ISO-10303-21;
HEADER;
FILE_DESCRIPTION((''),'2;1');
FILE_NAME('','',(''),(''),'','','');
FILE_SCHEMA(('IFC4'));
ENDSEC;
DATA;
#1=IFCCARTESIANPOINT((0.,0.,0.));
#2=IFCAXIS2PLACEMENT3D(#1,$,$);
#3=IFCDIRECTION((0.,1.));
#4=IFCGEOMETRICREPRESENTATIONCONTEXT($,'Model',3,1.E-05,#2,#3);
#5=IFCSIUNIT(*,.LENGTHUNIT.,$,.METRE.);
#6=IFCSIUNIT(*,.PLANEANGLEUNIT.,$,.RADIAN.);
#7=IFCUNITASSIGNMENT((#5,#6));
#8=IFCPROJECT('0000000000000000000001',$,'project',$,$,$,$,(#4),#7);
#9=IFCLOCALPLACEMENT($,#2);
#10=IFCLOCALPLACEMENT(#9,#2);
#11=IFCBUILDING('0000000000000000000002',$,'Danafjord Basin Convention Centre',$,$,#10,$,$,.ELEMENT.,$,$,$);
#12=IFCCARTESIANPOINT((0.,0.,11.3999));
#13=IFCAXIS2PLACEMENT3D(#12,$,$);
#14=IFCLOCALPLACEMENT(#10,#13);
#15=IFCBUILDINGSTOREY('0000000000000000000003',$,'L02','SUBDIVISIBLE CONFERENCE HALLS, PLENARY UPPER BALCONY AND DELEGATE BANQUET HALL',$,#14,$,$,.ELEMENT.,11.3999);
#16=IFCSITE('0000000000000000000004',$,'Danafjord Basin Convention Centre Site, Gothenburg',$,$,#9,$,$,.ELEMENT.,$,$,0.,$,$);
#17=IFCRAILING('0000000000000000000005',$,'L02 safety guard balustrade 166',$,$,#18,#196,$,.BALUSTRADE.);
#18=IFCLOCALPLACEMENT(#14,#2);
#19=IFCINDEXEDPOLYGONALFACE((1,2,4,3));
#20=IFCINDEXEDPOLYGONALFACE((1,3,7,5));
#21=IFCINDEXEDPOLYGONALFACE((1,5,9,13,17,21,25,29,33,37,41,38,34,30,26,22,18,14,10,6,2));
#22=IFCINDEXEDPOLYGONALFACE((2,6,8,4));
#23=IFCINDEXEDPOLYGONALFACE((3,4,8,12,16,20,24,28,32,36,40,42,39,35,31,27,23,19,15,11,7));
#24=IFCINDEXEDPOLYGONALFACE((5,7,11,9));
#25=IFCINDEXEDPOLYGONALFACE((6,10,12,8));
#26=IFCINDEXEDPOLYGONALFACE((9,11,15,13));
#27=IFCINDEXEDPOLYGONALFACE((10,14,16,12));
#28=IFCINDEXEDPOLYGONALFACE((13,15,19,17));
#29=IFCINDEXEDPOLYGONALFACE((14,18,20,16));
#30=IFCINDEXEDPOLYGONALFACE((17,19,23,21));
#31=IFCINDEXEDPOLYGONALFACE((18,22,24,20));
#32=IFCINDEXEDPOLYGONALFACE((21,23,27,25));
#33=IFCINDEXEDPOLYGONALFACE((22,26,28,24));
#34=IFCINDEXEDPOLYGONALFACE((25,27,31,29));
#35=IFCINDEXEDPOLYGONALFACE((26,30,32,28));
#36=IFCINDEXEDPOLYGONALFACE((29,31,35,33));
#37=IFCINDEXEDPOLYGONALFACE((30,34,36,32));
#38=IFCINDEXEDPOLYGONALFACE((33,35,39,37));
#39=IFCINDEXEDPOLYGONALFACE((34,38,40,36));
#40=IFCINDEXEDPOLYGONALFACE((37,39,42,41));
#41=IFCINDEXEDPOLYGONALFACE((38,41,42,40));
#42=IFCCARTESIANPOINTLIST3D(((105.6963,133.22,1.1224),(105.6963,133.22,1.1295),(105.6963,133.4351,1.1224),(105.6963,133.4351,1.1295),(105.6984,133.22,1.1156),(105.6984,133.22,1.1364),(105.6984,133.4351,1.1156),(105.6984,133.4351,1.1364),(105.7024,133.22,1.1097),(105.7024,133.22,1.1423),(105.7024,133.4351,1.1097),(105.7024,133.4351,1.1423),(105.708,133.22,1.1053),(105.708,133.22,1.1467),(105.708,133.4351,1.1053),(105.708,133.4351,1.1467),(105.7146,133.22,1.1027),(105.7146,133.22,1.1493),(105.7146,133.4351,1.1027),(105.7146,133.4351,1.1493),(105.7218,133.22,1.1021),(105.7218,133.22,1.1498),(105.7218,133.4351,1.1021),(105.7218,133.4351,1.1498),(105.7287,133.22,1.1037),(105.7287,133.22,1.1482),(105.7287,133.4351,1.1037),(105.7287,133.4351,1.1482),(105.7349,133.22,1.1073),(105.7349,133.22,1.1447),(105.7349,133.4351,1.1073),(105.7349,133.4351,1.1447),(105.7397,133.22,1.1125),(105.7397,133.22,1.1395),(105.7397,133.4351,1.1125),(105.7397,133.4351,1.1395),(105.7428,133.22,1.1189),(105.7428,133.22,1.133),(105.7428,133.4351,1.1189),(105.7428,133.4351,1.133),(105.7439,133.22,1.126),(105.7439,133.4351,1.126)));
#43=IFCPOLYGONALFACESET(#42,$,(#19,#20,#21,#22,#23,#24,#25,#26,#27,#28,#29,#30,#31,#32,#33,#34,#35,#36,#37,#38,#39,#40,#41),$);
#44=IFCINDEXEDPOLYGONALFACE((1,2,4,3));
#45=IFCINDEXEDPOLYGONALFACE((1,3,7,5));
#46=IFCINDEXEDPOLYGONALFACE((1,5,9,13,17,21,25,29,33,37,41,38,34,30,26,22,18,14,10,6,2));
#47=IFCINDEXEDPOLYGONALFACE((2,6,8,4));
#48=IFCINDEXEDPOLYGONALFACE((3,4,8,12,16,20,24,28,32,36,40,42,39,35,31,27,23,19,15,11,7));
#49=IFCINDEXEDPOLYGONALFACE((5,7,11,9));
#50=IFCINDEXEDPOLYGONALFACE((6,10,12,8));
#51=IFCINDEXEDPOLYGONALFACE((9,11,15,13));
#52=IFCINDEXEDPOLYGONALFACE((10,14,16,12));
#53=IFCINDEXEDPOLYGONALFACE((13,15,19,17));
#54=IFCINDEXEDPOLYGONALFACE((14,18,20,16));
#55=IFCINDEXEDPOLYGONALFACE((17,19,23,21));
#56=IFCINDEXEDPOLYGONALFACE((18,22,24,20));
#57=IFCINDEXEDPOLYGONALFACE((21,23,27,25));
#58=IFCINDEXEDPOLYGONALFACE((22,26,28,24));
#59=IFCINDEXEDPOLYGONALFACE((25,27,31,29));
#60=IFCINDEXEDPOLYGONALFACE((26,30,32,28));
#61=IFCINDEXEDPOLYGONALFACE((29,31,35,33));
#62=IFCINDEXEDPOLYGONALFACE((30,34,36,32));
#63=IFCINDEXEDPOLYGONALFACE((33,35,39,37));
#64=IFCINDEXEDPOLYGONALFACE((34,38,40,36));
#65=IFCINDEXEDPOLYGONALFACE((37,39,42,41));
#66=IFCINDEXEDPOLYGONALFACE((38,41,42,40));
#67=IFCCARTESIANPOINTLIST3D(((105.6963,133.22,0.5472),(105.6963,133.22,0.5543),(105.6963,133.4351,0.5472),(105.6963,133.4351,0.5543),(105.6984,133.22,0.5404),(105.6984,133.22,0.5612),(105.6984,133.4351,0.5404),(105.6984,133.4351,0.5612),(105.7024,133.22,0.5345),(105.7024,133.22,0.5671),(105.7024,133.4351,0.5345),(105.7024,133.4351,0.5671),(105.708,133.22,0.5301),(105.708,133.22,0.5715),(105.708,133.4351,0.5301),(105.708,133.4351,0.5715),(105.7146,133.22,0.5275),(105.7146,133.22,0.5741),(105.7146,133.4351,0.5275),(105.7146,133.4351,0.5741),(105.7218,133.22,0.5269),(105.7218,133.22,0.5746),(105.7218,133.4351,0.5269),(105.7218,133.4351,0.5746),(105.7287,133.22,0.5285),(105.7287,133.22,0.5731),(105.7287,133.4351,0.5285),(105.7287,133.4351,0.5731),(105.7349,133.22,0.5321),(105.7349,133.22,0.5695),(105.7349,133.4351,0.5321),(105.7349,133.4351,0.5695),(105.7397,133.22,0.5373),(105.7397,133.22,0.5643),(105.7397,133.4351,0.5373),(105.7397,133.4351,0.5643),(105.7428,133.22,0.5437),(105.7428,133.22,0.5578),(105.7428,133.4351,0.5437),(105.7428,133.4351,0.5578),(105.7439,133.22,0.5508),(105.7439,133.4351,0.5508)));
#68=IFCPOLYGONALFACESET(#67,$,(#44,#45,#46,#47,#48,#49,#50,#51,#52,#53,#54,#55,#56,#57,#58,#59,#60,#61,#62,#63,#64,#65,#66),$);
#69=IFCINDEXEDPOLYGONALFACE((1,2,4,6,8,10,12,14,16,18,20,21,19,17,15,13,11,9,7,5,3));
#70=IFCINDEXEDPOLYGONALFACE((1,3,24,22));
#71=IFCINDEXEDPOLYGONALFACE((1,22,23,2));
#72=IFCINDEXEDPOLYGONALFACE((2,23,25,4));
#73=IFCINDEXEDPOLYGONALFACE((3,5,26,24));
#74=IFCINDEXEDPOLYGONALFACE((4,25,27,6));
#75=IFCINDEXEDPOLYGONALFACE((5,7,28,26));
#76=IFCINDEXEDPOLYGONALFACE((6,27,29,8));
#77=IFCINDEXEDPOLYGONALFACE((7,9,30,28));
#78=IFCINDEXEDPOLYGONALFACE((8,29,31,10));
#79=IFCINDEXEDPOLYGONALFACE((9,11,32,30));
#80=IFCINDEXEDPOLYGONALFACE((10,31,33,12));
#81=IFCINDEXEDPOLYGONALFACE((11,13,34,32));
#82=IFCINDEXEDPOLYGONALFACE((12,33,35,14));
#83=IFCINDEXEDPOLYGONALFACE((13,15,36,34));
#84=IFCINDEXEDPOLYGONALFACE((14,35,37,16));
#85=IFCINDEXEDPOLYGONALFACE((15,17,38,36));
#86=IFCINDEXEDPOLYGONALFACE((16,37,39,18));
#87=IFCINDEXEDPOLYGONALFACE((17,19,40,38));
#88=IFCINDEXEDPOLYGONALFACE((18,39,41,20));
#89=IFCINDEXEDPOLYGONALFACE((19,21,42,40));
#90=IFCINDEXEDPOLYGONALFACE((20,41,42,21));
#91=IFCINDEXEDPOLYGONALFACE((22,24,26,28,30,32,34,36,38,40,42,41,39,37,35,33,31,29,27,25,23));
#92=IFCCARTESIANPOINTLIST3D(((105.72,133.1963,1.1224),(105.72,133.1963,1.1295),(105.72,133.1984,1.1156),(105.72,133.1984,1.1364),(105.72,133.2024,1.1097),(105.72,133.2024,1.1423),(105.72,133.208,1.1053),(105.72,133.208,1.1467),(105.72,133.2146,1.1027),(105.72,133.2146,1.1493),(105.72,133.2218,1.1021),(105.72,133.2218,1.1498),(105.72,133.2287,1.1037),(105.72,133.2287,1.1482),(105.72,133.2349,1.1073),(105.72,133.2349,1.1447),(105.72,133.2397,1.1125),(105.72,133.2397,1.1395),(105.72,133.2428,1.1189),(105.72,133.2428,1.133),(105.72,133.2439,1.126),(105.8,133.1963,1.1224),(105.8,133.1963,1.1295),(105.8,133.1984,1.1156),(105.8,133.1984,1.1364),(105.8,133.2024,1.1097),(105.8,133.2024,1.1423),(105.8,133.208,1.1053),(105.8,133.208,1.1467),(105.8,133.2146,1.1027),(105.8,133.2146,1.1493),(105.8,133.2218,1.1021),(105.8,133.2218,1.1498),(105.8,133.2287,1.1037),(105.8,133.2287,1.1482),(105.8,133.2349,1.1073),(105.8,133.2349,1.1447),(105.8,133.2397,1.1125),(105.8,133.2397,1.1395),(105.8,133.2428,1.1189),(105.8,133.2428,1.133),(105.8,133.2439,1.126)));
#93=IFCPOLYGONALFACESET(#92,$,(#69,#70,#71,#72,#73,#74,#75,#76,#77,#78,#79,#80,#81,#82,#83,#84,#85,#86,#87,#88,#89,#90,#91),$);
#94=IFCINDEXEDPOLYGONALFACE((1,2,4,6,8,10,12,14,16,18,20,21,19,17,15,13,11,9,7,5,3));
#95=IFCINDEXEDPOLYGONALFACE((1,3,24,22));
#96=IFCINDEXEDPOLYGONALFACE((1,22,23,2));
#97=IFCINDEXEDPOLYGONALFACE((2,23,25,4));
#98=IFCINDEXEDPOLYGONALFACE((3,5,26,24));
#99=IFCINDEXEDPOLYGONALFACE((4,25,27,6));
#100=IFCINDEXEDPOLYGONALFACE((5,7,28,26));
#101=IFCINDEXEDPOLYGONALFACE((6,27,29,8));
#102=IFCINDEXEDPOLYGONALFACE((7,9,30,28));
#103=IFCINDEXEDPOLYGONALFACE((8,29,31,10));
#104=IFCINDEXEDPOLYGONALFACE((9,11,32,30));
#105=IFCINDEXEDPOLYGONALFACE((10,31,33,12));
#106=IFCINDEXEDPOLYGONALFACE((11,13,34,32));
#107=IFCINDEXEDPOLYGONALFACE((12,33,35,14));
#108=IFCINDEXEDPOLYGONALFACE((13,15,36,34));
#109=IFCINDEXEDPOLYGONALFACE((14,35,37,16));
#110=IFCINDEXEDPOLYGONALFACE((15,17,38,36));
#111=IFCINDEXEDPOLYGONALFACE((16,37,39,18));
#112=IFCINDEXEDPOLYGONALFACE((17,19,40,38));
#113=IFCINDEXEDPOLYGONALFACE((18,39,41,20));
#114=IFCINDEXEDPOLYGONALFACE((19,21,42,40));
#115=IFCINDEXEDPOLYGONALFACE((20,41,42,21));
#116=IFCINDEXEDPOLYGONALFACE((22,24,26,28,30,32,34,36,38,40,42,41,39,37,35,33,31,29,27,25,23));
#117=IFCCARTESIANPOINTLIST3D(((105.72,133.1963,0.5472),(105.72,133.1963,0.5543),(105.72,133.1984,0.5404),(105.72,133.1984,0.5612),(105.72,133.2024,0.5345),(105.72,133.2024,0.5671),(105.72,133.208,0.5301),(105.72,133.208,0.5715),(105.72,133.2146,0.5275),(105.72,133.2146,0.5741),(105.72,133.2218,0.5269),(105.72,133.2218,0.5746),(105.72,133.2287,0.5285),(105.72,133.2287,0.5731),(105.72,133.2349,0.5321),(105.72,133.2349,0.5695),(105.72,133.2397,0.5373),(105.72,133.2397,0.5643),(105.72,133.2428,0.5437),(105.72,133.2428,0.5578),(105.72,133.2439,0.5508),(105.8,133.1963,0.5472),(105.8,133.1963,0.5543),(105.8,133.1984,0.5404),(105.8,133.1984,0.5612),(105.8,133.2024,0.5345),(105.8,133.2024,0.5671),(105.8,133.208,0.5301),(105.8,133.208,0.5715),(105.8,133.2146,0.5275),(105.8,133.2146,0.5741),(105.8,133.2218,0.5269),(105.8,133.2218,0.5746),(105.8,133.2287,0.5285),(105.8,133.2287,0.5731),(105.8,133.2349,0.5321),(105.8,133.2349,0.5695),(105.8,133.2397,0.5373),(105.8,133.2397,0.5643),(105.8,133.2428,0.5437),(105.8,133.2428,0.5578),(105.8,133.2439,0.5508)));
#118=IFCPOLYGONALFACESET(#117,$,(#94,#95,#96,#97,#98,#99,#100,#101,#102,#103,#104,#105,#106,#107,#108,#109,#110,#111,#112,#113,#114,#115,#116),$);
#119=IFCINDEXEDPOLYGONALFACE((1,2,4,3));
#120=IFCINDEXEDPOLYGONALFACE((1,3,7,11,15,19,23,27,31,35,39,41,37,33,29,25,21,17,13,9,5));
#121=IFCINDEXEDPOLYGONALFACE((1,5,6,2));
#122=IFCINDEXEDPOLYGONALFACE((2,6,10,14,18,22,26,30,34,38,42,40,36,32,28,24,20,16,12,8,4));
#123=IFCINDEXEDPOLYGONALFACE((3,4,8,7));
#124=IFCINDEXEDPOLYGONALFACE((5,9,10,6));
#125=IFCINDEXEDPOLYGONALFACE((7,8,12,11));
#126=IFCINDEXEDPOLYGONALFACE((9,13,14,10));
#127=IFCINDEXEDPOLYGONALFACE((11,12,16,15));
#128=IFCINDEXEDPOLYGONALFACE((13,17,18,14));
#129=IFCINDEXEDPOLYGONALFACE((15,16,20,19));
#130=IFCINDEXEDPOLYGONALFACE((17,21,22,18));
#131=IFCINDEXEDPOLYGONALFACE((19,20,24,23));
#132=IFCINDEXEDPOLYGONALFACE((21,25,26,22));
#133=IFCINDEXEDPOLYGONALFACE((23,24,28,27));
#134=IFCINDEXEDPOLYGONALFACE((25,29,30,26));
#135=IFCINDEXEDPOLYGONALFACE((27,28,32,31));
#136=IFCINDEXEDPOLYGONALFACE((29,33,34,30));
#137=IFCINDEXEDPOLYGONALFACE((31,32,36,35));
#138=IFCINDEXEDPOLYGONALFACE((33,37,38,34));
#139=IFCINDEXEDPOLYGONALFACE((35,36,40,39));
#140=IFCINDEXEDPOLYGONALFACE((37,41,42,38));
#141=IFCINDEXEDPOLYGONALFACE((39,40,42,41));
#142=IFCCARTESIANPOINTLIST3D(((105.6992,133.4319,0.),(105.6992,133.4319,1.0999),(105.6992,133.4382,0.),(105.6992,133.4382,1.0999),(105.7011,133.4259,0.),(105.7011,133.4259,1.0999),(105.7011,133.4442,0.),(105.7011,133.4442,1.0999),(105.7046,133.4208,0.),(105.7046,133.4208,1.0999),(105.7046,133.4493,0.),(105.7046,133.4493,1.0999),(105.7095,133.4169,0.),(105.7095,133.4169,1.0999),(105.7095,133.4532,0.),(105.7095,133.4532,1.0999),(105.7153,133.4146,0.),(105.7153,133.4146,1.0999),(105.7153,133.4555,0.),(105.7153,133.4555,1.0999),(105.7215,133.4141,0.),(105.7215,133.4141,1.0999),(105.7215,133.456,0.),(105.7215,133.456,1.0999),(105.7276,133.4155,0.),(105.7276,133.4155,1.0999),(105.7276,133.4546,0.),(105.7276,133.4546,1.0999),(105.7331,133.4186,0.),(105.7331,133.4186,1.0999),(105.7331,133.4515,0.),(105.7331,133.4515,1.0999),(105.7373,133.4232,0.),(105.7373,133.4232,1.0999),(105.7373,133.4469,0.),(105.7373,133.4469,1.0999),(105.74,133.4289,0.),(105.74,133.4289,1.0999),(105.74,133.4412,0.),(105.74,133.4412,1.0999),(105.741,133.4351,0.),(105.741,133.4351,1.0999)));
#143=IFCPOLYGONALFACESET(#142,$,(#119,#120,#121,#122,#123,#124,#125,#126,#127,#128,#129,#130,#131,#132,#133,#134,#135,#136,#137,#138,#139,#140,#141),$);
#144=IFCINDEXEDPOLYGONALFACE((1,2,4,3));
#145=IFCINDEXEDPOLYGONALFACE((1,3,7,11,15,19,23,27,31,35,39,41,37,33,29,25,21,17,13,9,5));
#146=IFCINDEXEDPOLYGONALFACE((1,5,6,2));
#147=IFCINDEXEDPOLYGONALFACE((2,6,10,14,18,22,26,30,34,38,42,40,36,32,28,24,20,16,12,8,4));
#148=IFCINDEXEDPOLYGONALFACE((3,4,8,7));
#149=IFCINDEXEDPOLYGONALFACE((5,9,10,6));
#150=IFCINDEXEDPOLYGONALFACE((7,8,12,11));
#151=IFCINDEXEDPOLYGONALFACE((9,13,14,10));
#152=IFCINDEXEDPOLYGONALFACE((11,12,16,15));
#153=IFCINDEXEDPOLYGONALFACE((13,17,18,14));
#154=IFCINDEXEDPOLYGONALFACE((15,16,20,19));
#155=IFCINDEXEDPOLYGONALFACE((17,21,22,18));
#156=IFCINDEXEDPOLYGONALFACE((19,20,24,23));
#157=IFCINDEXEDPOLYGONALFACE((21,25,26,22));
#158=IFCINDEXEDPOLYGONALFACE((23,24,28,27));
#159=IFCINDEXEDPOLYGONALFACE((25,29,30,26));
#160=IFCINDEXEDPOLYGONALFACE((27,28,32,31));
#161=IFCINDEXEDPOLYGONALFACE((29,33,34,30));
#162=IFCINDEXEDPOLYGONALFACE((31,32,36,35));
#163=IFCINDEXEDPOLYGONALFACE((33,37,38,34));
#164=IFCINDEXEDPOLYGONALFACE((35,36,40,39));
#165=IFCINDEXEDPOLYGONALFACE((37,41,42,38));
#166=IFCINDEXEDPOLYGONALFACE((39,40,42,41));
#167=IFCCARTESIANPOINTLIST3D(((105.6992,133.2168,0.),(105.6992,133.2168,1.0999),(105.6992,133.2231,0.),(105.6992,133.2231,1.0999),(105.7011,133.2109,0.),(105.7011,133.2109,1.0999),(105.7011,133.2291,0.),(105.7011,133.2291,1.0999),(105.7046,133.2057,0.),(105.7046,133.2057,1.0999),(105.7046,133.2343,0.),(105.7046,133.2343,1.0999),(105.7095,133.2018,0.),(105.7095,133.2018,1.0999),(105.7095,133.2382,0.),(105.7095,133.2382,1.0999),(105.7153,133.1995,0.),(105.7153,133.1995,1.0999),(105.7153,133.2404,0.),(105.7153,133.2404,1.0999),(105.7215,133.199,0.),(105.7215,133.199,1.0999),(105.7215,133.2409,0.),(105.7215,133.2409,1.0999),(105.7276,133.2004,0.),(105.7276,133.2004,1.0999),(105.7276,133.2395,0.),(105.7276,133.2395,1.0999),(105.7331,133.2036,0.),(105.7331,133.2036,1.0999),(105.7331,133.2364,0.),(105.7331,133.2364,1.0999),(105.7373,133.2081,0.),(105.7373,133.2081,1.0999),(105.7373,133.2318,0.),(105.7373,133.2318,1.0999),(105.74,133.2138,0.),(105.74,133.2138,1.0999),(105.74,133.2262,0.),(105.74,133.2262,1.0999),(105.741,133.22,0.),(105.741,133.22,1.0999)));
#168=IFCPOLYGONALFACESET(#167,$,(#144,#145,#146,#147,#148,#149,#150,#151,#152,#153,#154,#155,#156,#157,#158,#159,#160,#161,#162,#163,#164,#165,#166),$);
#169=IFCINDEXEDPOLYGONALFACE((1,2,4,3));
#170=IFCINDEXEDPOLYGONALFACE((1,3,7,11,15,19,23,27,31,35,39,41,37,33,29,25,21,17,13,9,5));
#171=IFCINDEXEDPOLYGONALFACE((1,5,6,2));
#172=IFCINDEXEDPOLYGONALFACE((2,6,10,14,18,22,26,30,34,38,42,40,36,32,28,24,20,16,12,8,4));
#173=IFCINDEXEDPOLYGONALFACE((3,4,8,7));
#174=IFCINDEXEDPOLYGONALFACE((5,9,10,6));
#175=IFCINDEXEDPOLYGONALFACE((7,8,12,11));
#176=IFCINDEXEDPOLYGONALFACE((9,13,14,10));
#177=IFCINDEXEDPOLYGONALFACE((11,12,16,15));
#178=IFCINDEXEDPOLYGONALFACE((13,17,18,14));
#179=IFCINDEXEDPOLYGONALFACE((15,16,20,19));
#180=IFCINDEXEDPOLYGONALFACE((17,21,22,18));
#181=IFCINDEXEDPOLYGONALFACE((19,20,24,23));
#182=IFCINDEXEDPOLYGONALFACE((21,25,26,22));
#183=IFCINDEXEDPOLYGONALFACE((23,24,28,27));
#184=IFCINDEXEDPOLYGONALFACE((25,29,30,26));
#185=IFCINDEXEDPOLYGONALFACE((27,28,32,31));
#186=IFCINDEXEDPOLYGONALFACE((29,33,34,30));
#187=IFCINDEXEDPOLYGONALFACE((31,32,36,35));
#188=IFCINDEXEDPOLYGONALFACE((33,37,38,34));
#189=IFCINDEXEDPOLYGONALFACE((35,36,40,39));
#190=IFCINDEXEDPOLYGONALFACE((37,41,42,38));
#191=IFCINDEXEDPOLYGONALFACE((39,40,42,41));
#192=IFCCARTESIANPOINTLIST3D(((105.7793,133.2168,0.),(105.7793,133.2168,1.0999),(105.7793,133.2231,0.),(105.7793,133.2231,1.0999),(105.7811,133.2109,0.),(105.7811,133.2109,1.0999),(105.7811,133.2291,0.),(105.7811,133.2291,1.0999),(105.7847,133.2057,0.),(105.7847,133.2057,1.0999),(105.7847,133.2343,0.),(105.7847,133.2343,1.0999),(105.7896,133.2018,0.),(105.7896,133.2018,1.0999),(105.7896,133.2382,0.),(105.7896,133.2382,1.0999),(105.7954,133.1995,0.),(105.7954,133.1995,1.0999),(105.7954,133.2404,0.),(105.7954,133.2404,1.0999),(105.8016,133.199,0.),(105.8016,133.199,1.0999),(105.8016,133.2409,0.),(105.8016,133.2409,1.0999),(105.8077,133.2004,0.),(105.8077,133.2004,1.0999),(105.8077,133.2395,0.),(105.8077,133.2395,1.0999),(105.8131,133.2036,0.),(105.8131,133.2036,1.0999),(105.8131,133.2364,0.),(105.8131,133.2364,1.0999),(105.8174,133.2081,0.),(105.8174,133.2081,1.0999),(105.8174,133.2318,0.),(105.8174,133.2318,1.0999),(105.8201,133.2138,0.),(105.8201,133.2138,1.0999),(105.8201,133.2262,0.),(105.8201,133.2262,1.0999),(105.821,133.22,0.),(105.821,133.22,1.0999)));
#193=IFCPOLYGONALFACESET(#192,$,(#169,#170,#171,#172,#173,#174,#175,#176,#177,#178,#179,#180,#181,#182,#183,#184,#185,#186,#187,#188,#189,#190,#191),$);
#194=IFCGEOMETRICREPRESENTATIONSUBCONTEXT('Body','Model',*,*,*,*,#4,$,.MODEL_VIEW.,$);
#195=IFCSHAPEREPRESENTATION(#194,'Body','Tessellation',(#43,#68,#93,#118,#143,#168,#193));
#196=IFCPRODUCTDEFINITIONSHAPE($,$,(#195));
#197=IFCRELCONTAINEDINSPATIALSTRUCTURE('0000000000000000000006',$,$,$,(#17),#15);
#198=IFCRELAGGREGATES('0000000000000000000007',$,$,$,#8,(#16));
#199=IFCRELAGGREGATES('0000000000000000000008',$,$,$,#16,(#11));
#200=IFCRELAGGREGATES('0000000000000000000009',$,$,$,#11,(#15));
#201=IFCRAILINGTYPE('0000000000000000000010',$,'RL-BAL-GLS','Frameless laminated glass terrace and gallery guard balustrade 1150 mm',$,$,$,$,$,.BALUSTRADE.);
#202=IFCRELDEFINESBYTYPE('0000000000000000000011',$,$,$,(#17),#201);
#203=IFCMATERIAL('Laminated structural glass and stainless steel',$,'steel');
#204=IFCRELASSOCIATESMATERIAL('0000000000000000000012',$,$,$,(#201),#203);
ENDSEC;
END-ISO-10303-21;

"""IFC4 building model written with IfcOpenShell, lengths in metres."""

from ifc_helpers import new_model, si_unit, direction, frame, origin, origin_2d, place, context, subcontext, project, spatial, circle, extrude, material, type_object, element, save


model = new_model("IFC4")

# Units and contexts
model_context = context("Model", 3, precision=1e-05, world=origin(), true_north=direction((0.0, 1.0)))
body_context = subcontext(model_context, "Body", "Model", "MODEL_VIEW")
ifc_project = project(units=[si_unit("LENGTHUNIT", "METRE"), si_unit("PLANEANGLEUNIT", "RADIAN")], contexts=[model_context])

# Site, building, storey
site_placement = place(None, origin())
site = spatial("IfcSite", under=ifc_project, at=site_placement, Name="Danafjord Basin Convention Centre Site, Gothenburg", CompositionType="ELEMENT", RefElevation=0.0)
building_placement = place(site_placement, origin())
building = spatial("IfcBuilding", under=site, at=building_placement, Name="Danafjord Basin Convention Centre", CompositionType="ELEMENT")
storey_placement = place(building_placement, frame((0.0, 0.0, 11.3999)))
storey = spatial("IfcBuildingStorey", under=building, at=storey_placement, Name="L02", Description="SUBDIVISIBLE CONFERENCE HALLS, PLENARY UPPER BALCONY AND DELEGATE BANQUET HALL", CompositionType="ELEMENT", Elevation=11.3999)

# Railing
ifc_material_1 = material(Name="Laminated structural glass and stainless steel", Category="steel")
railing_type_1 = type_object("IfcRailingType", Name="RL-BAL-GLS", Description="Frameless laminated glass terrace and gallery guard balustrade 1150 mm", PredefinedType="BALUSTRADE", material=ifc_material_1)
railing_1_placement = place(storey_placement, frame((105.72, 133.4351, 0.0)))
element("IfcRailing", 1, at=railing_1_placement, inside=storey, type_object=railing_type_1, Name="L02 safety guard balustrade 166", PredefinedType="BALUSTRADE", context=body_context, shape_type="SweptSolid", body=[
    extrude(circle(Radius=0.0239, at=origin_2d()), frame((0.0, 0.0, 1.126), z_axis=(0.0, -1.0, 0.0), x_axis=(1.0, 0.0, 0.0)), (0.0, 0.0, 1.0), 0.2151),
    extrude(circle(Radius=0.0239, at=origin_2d()), frame((0.0, 0.0, 0.5508), z_axis=(0.0, -1.0, 0.0), x_axis=(1.0, 0.0, 0.0)), (0.0, 0.0, 1.0), 0.2151),
    extrude(circle(Radius=0.0239, at=origin_2d()), frame((0.0, -0.2151, 1.126), z_axis=(1.0, 0.0, 0.0), x_axis=(0.0, 1.0, 0.0)), (0.0, 0.0, 1.0), 0.0801),
    extrude(circle(Radius=0.0239, at=origin_2d()), frame((0.0, -0.2151, 0.5508), z_axis=(1.0, 0.0, 0.0), x_axis=(0.0, 1.0, 0.0)), (0.0, 0.0, 1.0), 0.0801),
    extrude(circle(Radius=0.021, at=origin_2d()), origin(), (0.0, 0.0, 1.0), 1.0999),
    extrude(circle(Radius=0.021, at=origin_2d()), frame((0.0, -0.2151, 0.0)), (0.0, 0.0, 1.0), 1.0999),
    extrude(circle(Radius=0.021, at=origin_2d()), frame((0.0801, -0.2151, 0.0)), (0.0, 0.0, 1.0), 1.0999),
])

save(model, "model.ifc")
